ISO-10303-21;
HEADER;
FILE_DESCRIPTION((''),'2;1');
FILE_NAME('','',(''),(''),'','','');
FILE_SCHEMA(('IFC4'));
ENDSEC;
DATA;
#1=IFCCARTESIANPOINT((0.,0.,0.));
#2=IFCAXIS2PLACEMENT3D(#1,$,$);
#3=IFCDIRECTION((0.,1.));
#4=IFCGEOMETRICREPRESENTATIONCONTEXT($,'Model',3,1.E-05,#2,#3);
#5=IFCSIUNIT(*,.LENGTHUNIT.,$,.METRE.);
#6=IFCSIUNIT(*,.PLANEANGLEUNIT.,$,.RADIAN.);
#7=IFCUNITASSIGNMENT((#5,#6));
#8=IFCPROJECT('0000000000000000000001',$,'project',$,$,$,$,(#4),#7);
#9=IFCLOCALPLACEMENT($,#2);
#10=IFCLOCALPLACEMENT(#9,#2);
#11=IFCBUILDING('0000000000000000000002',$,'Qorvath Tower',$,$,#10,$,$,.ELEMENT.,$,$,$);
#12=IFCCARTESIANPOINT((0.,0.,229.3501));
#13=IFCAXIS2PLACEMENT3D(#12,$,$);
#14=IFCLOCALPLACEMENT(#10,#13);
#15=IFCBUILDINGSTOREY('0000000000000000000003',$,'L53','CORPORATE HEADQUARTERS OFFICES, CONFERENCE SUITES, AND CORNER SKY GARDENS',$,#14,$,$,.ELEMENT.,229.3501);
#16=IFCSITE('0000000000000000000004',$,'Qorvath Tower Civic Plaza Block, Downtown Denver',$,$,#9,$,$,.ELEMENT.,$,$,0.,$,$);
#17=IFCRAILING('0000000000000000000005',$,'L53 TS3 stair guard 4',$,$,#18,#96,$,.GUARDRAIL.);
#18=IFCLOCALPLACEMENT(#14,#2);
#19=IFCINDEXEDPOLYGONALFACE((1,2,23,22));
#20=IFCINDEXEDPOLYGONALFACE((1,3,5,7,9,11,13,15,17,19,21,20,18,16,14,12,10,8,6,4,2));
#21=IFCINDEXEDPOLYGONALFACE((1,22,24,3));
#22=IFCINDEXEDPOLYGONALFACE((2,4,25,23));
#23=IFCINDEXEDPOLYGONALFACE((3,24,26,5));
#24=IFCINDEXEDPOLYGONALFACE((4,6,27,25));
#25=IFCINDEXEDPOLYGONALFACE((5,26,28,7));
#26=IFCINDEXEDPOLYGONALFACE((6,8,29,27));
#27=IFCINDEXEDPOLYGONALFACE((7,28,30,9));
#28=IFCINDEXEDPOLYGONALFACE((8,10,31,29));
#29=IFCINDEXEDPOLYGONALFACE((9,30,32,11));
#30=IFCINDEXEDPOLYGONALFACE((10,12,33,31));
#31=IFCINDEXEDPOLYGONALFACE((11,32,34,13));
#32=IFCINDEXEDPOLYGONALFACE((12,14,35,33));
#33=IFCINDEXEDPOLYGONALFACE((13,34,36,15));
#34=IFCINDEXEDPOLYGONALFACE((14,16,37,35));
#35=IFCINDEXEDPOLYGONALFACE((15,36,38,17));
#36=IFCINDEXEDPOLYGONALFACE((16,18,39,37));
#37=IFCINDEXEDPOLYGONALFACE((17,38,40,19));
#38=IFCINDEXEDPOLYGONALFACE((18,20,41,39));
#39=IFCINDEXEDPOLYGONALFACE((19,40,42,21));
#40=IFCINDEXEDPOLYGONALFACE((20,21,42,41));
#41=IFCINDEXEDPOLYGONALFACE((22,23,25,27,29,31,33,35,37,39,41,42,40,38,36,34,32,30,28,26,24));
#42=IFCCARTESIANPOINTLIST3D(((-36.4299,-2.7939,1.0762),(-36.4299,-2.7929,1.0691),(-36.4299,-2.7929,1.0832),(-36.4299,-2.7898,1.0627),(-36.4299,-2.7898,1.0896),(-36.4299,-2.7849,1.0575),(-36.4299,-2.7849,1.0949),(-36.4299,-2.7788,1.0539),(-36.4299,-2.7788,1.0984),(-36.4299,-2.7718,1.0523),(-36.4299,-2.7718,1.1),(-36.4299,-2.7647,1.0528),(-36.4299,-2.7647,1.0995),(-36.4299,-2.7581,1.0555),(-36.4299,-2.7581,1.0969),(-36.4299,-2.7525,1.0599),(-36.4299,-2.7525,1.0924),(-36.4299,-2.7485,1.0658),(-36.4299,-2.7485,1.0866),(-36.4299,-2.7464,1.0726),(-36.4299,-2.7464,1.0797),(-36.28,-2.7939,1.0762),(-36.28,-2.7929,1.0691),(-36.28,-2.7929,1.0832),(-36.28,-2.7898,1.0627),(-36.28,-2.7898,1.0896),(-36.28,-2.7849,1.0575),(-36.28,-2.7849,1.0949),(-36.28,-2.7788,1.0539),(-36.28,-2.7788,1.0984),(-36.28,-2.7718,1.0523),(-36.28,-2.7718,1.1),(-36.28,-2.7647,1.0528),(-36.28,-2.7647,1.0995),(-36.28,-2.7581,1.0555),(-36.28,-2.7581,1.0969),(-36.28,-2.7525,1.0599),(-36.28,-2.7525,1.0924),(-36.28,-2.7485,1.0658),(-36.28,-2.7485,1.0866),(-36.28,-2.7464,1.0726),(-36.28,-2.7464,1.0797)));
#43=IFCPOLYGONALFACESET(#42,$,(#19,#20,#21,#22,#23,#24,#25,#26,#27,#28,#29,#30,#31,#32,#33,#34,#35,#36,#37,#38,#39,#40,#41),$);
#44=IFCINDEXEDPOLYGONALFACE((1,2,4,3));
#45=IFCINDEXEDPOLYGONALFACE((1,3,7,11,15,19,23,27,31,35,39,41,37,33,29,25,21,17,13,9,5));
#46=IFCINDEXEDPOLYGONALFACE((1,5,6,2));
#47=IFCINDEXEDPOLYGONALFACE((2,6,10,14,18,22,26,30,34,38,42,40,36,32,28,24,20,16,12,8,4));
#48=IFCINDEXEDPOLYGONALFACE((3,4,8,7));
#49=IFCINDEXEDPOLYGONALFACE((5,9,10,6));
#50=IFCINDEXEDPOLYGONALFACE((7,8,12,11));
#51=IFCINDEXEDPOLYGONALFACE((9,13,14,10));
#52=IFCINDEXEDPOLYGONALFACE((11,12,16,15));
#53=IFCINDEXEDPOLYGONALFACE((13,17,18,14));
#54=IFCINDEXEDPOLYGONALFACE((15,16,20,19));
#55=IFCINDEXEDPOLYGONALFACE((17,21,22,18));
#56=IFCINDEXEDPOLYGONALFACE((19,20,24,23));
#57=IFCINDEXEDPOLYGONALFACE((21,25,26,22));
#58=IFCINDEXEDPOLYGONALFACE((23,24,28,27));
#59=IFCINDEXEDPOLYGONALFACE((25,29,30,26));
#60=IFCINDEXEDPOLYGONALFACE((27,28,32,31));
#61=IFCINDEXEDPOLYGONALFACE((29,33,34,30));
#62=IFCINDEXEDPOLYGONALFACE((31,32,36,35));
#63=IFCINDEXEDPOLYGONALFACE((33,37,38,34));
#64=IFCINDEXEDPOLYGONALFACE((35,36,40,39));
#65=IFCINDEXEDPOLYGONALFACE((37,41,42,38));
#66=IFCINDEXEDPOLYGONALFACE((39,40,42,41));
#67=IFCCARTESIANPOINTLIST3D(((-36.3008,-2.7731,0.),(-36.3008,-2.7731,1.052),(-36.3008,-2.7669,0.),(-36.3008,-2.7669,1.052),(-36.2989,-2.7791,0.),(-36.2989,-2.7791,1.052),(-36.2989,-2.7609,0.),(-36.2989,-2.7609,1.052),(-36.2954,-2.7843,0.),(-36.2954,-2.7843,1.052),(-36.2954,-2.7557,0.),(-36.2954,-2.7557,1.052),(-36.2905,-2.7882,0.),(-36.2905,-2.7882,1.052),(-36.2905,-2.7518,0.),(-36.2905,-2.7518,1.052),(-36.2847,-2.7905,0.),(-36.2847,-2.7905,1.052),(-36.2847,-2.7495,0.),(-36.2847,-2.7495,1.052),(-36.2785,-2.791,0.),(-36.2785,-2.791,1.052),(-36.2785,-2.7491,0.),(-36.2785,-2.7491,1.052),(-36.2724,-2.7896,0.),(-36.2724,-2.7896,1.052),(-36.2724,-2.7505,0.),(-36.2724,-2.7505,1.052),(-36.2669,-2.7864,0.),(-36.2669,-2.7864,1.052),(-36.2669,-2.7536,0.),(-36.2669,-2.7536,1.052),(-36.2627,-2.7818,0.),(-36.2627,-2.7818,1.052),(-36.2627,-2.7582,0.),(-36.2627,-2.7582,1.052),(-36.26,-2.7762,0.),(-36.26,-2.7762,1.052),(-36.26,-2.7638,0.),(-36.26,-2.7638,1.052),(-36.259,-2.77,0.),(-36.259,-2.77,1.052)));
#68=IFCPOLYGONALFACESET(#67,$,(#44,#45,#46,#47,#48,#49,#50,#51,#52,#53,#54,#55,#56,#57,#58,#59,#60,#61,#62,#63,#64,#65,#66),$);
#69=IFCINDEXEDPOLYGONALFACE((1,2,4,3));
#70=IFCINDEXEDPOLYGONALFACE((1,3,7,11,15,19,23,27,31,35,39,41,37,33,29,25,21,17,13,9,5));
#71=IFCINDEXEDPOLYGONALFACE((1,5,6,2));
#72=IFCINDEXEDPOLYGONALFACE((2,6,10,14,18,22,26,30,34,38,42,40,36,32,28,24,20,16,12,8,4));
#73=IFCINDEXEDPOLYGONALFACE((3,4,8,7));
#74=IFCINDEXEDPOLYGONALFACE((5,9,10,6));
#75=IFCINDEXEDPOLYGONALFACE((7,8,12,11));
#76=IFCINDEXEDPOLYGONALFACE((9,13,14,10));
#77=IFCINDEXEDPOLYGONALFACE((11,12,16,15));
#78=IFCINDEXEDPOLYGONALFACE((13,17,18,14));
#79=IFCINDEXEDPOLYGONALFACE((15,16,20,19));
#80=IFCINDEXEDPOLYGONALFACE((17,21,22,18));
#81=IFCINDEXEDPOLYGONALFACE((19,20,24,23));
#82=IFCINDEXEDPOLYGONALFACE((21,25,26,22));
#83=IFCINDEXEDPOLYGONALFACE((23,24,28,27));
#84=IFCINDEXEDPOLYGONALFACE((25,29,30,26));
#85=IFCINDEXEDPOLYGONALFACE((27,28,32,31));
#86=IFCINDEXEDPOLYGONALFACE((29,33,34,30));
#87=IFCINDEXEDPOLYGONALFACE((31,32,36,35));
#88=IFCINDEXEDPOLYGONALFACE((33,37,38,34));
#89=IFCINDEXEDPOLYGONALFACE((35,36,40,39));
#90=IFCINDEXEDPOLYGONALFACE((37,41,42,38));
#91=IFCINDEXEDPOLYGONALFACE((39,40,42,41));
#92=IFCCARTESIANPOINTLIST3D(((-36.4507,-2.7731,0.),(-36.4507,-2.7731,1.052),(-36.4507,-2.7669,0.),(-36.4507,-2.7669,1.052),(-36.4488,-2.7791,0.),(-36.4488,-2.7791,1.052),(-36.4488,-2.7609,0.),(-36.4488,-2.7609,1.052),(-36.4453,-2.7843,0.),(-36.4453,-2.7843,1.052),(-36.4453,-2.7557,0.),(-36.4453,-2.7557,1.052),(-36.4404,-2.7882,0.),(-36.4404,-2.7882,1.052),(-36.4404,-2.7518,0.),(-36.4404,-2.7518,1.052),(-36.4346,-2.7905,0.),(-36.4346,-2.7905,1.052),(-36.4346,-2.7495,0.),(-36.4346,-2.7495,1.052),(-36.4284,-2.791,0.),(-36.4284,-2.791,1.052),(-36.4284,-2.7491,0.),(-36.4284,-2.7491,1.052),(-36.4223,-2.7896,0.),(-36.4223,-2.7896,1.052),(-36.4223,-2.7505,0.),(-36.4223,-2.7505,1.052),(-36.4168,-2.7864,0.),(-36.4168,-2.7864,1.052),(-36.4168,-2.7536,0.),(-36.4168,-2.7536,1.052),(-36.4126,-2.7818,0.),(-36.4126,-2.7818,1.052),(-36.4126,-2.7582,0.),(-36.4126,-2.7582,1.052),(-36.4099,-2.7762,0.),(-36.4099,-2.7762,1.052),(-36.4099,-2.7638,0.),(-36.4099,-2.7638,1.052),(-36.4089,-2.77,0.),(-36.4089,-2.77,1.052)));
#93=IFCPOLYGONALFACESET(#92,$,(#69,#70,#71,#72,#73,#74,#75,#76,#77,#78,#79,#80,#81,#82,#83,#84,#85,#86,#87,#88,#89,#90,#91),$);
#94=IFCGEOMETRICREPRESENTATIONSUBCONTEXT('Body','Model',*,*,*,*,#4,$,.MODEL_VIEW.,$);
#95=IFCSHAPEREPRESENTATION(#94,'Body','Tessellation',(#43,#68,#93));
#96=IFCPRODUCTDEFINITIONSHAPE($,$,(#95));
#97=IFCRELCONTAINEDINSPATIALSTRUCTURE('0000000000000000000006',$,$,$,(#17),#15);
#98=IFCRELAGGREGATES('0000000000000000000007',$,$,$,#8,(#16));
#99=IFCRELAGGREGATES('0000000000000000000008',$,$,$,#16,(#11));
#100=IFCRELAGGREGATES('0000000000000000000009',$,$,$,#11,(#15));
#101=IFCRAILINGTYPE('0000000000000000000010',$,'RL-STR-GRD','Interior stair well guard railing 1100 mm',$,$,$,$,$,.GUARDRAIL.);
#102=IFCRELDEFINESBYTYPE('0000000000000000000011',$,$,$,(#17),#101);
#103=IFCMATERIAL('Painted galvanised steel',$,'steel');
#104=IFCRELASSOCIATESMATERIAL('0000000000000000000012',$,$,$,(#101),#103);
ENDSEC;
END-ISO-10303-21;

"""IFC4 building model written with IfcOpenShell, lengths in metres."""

from ifc_helpers import new_model, si_unit, direction, frame, origin, origin_2d, place, context, subcontext, project, spatial, circle, extrude, material, type_object, element, save


model = new_model("IFC4")

# Units and contexts
model_context = context("Model", 3, precision=1e-05, world=origin(), true_north=direction((0.0, 1.0)))
body_context = subcontext(model_context, "Body", "Model", "MODEL_VIEW")
ifc_project = project(units=[si_unit("LENGTHUNIT", "METRE"), si_unit("PLANEANGLEUNIT", "RADIAN")], contexts=[model_context])

# Site, building, storey
site_placement = place(None, origin())
site = spatial("IfcSite", under=ifc_project, at=site_placement, Name="Qorvath Tower Civic Plaza Block, Downtown Denver", CompositionType="ELEMENT", RefElevation=0.0)
building_placement = place(site_placement, origin())
building = spatial("IfcBuilding", under=site, at=building_placement, Name="Qorvath Tower", CompositionType="ELEMENT")
storey_placement = place(building_placement, frame((0.0, 0.0, 229.3501)))
storey = spatial("IfcBuildingStorey", under=building, at=storey_placement, Name="L53", Description="CORPORATE HEADQUARTERS OFFICES, CONFERENCE SUITES, AND CORNER SKY GARDENS", CompositionType="ELEMENT", Elevation=229.3501)

# Railing
ifc_material_1 = material(Name="Painted galvanised steel", Category="steel")
railing_type_1 = type_object("IfcRailingType", Name="RL-STR-GRD", Description="Interior stair well guard railing 1100 mm", PredefinedType="GUARDRAIL", material=ifc_material_1)
railing_1_placement = place(storey_placement, frame((-36.28, -2.77, 0.0)))
element("IfcRailing", 1, at=railing_1_placement, inside=storey, type_object=railing_type_1, Name="L53 TS3 stair guard 4", PredefinedType="GUARDRAIL", context=body_context, shape_type="SweptSolid", body=[
    extrude(circle(Radius=0.0239, at=origin_2d()), frame((0.0, 0.0, 1.0762), z_axis=(-1.0, 0.0, 0.0), x_axis=(0.0, -1.0, 0.0)), (0.0, 0.0, 1.0), 0.1499),
    extrude(circle(Radius=0.021, at=origin_2d()), origin(), (0.0, 0.0, 1.0), 1.052),
    extrude(circle(Radius=0.021, at=origin_2d()), frame((-0.1499, 0.0, 0.0)), (0.0, 0.0, 1.0), 1.052),
])

save(model, "model.ifc")
